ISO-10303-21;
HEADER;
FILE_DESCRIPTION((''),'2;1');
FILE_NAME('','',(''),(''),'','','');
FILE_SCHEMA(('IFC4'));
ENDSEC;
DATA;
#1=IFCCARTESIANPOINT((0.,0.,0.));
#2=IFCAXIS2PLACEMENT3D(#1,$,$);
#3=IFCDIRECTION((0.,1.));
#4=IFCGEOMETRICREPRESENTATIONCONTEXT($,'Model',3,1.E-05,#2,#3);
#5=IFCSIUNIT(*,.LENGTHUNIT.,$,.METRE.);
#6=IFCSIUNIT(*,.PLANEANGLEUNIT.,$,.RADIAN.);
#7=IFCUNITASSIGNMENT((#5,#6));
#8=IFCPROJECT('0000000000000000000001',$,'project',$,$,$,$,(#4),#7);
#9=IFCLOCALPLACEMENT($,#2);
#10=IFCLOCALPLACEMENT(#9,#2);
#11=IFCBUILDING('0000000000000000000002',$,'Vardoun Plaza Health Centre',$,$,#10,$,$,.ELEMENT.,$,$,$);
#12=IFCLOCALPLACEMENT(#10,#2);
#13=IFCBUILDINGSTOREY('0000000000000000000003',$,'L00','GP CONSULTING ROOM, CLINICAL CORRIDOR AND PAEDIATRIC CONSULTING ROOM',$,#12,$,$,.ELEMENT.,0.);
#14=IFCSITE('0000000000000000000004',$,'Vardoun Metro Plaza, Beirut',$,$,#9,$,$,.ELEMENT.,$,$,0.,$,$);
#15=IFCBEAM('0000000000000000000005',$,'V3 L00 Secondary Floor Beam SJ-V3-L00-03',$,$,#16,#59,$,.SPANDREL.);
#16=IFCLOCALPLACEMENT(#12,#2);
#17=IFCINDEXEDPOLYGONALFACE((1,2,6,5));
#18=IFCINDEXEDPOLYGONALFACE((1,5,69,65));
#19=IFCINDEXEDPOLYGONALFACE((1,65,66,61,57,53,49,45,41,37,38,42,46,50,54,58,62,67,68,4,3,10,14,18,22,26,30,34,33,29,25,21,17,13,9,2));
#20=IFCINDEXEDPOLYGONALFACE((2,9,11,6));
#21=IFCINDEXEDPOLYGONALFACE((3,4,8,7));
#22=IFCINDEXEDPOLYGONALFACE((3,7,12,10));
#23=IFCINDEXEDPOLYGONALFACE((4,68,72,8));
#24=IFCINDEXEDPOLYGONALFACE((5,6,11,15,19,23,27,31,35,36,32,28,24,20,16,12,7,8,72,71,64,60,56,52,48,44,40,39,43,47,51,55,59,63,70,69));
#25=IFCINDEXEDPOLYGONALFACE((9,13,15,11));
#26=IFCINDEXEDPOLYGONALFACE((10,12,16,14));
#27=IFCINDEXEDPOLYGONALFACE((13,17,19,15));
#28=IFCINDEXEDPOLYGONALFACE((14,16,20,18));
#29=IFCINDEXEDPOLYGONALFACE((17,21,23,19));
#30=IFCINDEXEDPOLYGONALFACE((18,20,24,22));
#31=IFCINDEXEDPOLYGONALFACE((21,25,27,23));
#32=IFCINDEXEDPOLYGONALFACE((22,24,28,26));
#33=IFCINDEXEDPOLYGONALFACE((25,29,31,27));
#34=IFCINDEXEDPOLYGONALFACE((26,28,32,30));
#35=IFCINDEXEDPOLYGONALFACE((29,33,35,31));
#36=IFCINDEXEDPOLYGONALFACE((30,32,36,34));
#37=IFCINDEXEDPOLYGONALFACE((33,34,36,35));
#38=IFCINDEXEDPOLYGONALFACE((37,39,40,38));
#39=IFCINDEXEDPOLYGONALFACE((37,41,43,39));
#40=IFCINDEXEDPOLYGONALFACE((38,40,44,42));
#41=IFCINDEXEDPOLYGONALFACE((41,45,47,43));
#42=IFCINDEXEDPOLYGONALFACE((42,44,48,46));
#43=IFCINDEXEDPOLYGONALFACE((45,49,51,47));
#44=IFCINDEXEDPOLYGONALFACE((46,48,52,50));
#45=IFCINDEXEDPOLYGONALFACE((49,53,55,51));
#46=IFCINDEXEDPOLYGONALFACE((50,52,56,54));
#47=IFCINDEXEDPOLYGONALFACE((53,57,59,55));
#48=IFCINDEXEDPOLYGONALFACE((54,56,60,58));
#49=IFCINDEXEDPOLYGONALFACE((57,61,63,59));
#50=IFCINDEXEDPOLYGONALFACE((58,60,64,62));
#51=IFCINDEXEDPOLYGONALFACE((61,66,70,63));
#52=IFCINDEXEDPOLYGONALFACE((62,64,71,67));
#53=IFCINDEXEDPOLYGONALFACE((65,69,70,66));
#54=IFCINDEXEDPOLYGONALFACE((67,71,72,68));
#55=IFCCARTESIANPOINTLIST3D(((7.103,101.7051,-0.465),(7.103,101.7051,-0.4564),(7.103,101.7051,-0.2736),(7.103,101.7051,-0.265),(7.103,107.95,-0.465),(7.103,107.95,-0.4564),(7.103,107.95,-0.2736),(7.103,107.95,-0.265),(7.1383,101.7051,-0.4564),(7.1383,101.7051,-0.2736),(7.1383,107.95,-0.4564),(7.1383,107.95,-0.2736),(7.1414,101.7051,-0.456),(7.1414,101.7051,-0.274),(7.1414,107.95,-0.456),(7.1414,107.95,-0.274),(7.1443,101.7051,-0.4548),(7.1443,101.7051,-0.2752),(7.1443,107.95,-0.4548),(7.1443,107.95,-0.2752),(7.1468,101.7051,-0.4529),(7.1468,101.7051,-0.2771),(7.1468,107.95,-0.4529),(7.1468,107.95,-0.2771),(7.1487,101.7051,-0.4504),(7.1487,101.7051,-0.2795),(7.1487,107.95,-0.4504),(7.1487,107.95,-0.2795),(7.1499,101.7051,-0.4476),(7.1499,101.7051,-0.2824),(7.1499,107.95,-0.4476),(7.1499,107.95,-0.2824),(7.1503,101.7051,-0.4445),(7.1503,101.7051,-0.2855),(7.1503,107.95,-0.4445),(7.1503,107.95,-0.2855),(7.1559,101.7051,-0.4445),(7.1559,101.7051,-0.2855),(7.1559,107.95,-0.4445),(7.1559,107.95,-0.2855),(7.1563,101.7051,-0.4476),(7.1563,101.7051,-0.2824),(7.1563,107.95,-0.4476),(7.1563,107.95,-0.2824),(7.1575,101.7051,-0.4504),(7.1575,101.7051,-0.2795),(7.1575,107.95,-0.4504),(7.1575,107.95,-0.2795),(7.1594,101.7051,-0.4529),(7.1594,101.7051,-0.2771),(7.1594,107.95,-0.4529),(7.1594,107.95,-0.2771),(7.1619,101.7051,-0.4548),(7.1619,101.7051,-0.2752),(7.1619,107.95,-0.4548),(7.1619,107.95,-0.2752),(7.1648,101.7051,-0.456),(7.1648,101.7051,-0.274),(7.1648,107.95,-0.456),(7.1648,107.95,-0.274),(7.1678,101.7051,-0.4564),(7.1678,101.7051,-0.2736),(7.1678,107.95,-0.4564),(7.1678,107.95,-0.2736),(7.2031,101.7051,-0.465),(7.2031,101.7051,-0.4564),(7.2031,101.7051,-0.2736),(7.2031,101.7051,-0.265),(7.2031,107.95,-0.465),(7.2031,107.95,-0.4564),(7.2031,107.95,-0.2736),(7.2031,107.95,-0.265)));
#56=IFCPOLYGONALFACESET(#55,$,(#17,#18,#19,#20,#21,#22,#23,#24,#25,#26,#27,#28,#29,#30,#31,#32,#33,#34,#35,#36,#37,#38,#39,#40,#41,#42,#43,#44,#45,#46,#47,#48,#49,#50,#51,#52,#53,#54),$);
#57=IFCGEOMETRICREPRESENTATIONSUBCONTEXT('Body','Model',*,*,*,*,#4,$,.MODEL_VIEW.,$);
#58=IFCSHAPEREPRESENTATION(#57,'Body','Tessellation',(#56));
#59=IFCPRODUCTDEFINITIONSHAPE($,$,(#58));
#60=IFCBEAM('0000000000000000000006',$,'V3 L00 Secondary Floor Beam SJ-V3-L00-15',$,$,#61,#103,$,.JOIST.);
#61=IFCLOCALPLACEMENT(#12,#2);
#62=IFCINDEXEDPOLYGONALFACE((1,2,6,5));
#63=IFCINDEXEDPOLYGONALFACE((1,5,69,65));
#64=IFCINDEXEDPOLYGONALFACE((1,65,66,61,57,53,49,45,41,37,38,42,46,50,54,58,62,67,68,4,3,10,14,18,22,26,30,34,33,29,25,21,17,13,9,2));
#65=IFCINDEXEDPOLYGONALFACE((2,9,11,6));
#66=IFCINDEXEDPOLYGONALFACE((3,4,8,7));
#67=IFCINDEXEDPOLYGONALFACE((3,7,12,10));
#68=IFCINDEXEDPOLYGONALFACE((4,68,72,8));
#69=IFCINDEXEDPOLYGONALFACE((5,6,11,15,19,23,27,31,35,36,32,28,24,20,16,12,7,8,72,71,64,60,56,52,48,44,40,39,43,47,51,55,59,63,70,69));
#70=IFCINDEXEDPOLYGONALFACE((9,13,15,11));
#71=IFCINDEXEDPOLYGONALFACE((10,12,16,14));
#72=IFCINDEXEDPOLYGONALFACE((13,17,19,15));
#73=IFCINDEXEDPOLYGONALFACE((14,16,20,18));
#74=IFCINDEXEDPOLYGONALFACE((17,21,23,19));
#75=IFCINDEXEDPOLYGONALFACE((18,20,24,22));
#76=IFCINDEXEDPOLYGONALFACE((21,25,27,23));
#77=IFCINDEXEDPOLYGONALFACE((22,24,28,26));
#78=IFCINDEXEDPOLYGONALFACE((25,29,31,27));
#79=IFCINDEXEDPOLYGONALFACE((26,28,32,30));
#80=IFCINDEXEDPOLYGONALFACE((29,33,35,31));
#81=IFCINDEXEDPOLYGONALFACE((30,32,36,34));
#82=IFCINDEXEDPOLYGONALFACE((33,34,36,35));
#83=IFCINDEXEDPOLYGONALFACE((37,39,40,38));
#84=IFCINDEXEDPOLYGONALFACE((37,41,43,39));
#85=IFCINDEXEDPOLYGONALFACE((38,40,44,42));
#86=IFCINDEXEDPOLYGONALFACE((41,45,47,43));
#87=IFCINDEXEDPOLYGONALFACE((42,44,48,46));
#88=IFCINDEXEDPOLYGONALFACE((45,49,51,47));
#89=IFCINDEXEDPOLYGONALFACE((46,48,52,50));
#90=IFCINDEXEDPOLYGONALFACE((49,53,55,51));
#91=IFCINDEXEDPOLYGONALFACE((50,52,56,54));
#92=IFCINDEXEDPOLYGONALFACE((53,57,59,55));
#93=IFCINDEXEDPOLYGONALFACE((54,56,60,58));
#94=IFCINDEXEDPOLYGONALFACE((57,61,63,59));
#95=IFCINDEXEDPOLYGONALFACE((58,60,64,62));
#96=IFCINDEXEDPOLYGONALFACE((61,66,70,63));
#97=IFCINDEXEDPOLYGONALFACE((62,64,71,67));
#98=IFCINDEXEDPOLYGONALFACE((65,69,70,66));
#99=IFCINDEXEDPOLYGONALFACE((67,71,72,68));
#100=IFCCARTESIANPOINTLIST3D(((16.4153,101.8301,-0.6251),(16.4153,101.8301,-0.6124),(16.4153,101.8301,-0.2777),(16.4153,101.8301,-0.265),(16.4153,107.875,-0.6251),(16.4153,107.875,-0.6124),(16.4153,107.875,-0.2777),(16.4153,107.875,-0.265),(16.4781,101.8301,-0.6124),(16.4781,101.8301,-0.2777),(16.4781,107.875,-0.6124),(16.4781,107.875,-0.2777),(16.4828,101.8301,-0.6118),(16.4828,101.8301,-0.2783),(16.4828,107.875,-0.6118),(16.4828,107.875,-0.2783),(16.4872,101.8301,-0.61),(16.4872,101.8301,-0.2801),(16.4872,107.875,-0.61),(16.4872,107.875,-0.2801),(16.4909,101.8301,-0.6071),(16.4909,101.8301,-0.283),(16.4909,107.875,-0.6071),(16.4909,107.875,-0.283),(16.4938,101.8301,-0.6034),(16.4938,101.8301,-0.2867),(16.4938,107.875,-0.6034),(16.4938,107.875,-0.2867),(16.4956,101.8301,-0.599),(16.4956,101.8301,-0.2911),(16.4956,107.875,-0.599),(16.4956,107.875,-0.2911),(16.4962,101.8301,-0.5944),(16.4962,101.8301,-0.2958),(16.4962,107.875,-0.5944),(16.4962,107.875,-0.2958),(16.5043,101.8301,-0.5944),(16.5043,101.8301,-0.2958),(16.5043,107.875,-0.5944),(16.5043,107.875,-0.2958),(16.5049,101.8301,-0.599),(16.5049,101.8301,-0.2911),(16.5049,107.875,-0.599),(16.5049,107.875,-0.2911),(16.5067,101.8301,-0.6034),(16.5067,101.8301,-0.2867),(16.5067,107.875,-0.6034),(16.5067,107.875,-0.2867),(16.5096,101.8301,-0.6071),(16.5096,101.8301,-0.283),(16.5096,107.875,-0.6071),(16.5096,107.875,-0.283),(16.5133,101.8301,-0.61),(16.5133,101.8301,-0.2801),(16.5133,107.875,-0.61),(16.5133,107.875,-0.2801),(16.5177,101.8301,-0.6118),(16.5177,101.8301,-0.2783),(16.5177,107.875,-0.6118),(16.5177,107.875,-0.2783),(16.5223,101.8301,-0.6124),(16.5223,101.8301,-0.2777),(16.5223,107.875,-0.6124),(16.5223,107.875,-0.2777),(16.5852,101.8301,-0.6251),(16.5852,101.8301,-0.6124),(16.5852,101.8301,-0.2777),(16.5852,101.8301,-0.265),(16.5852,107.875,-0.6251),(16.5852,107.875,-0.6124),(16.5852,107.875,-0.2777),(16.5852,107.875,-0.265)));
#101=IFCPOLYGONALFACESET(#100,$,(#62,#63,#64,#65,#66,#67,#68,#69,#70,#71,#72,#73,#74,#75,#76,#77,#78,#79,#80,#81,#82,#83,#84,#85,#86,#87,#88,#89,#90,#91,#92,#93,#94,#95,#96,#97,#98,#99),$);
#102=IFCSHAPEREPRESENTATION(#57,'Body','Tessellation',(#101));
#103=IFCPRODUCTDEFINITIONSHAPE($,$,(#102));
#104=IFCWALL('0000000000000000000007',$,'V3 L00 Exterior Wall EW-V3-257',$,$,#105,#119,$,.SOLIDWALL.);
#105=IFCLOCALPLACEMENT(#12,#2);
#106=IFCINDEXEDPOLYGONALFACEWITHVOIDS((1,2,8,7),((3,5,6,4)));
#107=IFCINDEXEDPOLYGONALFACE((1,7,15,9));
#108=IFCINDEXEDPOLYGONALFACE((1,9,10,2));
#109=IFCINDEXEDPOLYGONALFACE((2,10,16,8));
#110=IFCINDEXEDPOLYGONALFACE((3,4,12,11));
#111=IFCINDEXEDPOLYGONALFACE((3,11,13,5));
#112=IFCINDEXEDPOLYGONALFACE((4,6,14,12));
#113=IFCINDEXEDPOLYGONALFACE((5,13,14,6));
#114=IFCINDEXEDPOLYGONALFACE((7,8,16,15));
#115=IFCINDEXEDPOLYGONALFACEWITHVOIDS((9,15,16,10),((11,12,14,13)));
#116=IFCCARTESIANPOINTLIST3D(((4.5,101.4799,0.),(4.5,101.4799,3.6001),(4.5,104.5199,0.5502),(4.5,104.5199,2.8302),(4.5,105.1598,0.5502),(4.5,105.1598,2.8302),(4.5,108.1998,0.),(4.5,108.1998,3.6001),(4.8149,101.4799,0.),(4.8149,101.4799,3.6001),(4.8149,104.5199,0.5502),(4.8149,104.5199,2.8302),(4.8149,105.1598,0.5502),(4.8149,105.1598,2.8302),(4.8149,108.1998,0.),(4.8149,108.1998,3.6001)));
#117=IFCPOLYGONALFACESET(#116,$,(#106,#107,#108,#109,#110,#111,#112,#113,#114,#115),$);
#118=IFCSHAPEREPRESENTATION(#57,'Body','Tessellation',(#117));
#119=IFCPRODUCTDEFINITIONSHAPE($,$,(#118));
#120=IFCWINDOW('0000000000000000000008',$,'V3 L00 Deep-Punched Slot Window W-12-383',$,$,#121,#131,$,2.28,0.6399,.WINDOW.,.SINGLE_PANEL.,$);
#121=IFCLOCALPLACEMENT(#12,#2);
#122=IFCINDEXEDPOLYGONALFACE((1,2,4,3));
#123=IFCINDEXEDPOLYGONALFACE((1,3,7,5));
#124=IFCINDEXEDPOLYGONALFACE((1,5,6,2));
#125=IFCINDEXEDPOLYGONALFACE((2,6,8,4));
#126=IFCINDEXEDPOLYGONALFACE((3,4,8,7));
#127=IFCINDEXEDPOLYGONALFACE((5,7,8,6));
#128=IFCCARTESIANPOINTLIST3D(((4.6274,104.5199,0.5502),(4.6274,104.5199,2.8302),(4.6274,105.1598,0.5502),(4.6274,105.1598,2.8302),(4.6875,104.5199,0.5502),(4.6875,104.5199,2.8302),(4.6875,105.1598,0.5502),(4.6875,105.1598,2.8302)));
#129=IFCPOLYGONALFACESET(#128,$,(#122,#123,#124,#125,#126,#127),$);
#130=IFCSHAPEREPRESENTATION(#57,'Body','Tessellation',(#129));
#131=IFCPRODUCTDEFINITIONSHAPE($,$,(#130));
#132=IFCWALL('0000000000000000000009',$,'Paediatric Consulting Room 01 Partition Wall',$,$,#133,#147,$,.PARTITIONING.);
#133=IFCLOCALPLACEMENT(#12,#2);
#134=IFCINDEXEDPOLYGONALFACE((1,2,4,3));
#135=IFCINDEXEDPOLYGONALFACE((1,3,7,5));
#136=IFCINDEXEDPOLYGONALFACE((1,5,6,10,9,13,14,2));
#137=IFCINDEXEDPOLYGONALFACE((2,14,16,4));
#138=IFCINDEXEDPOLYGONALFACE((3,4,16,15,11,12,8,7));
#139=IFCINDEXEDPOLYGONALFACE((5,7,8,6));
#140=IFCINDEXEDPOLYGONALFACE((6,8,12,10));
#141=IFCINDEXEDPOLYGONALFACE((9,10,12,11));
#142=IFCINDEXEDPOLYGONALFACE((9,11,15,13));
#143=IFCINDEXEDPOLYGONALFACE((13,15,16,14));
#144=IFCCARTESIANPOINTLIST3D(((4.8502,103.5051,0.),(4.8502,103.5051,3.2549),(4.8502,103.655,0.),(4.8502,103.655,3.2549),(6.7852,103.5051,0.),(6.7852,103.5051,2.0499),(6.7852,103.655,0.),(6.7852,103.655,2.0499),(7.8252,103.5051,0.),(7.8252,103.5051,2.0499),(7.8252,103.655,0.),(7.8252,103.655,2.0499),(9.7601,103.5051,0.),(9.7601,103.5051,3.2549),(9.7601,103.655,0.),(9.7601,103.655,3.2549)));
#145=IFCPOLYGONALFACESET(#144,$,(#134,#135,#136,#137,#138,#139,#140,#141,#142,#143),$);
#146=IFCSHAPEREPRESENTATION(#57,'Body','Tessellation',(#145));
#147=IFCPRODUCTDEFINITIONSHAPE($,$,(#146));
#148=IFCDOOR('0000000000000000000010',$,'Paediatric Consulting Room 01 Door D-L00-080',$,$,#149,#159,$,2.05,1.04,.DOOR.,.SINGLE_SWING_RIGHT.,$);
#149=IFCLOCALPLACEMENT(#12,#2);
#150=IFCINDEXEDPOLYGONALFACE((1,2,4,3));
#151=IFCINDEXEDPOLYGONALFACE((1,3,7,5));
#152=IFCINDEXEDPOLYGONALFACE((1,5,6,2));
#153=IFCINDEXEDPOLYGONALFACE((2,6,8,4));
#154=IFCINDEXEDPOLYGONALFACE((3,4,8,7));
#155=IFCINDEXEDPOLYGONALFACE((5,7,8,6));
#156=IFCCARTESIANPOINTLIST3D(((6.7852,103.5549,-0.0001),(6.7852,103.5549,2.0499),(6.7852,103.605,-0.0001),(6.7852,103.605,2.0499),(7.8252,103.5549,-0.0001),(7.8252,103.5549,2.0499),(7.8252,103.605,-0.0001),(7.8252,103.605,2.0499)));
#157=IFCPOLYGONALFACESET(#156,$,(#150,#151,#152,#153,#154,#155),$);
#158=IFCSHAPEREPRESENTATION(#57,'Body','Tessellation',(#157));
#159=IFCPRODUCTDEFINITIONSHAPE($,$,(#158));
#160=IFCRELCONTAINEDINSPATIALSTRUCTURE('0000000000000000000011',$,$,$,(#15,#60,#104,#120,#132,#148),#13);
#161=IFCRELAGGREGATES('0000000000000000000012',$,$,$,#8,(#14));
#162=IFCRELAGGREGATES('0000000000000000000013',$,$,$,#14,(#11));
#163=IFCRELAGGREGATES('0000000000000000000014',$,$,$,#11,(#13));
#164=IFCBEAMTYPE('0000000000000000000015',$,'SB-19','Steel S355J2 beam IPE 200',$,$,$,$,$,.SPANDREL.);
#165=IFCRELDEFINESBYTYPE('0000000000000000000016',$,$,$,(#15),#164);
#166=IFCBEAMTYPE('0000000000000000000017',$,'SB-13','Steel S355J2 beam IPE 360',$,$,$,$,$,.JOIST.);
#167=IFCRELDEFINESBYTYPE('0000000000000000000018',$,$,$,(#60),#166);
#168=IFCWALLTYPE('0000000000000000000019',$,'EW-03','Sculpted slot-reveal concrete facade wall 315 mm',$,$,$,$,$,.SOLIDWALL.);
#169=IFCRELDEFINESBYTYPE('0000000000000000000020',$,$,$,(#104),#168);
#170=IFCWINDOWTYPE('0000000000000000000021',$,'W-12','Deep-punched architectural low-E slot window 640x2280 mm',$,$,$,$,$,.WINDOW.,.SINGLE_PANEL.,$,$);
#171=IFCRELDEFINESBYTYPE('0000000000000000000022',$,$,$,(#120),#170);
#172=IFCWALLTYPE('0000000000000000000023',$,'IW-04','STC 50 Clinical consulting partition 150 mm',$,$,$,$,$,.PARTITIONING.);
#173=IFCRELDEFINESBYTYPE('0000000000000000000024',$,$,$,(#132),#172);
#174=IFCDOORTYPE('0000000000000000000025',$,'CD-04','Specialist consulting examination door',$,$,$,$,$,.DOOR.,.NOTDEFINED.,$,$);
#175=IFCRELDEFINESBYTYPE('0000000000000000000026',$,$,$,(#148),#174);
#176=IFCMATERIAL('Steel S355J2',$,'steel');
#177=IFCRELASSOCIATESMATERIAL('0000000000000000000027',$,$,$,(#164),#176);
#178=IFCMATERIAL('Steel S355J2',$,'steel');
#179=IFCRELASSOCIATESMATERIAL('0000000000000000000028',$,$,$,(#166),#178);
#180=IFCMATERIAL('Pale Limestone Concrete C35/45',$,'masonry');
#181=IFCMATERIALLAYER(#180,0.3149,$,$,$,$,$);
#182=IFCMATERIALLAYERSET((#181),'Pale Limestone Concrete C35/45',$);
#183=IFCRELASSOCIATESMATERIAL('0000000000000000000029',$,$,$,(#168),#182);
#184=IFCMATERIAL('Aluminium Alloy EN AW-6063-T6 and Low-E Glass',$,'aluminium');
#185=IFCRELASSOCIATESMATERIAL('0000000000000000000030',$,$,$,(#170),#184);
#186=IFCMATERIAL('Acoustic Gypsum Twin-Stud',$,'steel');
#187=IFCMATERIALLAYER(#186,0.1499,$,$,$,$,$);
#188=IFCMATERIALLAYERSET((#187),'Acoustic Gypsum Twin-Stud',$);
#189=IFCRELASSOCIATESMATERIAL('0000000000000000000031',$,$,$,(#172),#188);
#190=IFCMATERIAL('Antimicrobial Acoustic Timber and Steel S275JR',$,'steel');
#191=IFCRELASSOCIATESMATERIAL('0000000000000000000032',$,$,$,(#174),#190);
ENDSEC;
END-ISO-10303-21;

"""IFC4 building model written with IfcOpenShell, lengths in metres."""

from ifc_helpers import new_model, si_unit, direction, frame, frame_2d, origin, origin_2d, place, context, subcontext, project, spatial, rectangle, i_section, extrude, material, layer, layer_set, material_profile, profile_set, type_object, element, fill, save


model = new_model("IFC4")

# Units and contexts
model_context = context("Model", 3, precision=1e-05, world=origin(), true_north=direction((0.0, 1.0)))
body_context = subcontext(model_context, "Body", "Model", "MODEL_VIEW")
ifc_project = project(units=[si_unit("LENGTHUNIT", "METRE"), si_unit("PLANEANGLEUNIT", "RADIAN")], contexts=[model_context])

# Site, building, storey
site_placement = place(None, origin())
site = spatial("IfcSite", under=ifc_project, at=site_placement, Name="Vardoun Metro Plaza, Beirut", CompositionType="ELEMENT", RefElevation=0.0)
building_placement = place(site_placement, origin())
building = spatial("IfcBuilding", under=site, at=building_placement, Name="Vardoun Plaza Health Centre", CompositionType="ELEMENT")
storey_placement = place(building_placement, origin())
storey = spatial("IfcBuildingStorey", under=building, at=storey_placement, Name="L00", Description="GP CONSULTING ROOM, CLINICAL CORRIDOR AND PAEDIATRIC CONSULTING ROOM", CompositionType="ELEMENT", Elevation=0.0)

# Beams
ifc_material_1 = material(Name="Steel S355J2", Category="steel")
ifc_material_profile_1 = material_profile(ifc_material_1, i_section(OverallWidth=0.1001, OverallDepth=0.2, WebThickness=0.0056, FlangeThickness=0.0085, FilletRadius=0.012, at=origin_2d()), Name="IPE 200")
ifc_profile_set_1 = profile_set([ifc_material_profile_1], Name="Steel S355J2")
beam_type_1 = type_object("IfcBeamType", Name="SB-19", Description="Steel S355J2 beam IPE 200", PredefinedType="SPANDREL", material=ifc_profile_set_1)
beam_1_placement = place(storey_placement, frame((7.1531, 101.7051, -0.365), z_axis=(0.0, 1.0, 0.0), x_axis=(-1.0, 0.0, 0.0)))
element("IfcBeam", 1, at=beam_1_placement, inside=storey, type_object=beam_type_1, Name="V3 L00 Secondary Floor Beam SJ-V3-L00-03", PredefinedType="SPANDREL", context=body_context, shape_type="SweptSolid", body=[
    extrude(i_section(OverallWidth=0.1001, OverallDepth=0.2, WebThickness=0.0056, FlangeThickness=0.0085, FilletRadius=0.012, at=origin_2d()), origin(), (0.0, 0.0, 1.0), 6.2449),
])
ifc_material_2 = material(Name="Steel S355J2", Category="steel")
ifc_material_profile_2 = material_profile(ifc_material_2, i_section(OverallWidth=0.1699, OverallDepth=0.3601, WebThickness=0.0081, FlangeThickness=0.0127, FilletRadius=0.0181, at=origin_2d()), Name="IPE 360")
ifc_profile_set_2 = profile_set([ifc_material_profile_2], Name="Steel S355J2")
beam_type_2 = type_object("IfcBeamType", Name="SB-13", Description="Steel S355J2 beam IPE 360", PredefinedType="JOIST", material=ifc_profile_set_2)
beam_2_placement = place(storey_placement, frame((16.5002, 101.8301, -0.4451), z_axis=(0.0, 1.0, 0.0), x_axis=(-1.0, 0.0, 0.0)))
element("IfcBeam", 2, at=beam_2_placement, inside=storey, type_object=beam_type_2, Name="V3 L00 Secondary Floor Beam SJ-V3-L00-15", PredefinedType="JOIST", context=body_context, shape_type="SweptSolid", body=[
    extrude(i_section(OverallWidth=0.1699, OverallDepth=0.3601, WebThickness=0.0081, FlangeThickness=0.0127, FilletRadius=0.0181, at=origin_2d()), origin(), (0.0, 0.0, 1.0), 6.0449),
])

# Wall, opening, window
ifc_material_3 = material(Name="Pale Limestone Concrete C35/45", Category="masonry")
ifc_layer_1 = layer(ifc_material_3, 0.3149)
ifc_layer_set_1 = layer_set([ifc_layer_1], Name="Pale Limestone Concrete C35/45")
wall_type_1 = type_object("IfcWallType", Name="EW-03", Description="Sculpted slot-reveal concrete facade wall 315 mm", PredefinedType="SOLIDWALL", material=ifc_layer_set_1)
wall_1_placement = place(storey_placement, frame((4.6575, 101.48, 0.0), z_axis=(0.0, 0.0, 1.0), x_axis=(0.0, 1.0, 0.0)))
wall_1 = element("IfcWall", 3, at=wall_1_placement, inside=storey, type_object=wall_type_1, Name="V3 L00 Exterior Wall EW-V3-257", PredefinedType="SOLIDWALL", context=body_context, shape_type="SweptSolid", body=[
    extrude(rectangle(XDim=6.72, YDim=0.3149, at=frame_2d((3.3599, 0.0))), origin(), (0.0, 0.0, 1.0), 3.6001),
])
opening_1_placement = place(wall_1_placement, frame((3.04, 0.0, 0.55)))
opening_1 = element("IfcOpeningElement", 4, at=opening_1_placement, cuts=wall_1, PredefinedType="OPENING", context=body_context, shape_type="SweptSolid", body=[
    extrude(rectangle(XDim=0.6399, YDim=2.28, at=frame_2d((0.3198, 1.1401))), frame((0.0, 0.1575, 0.0), z_axis=(0.0, -1.0, 0.0), x_axis=(1.0, 0.0, 0.0)), (0.0, 0.0, 1.0), 0.3149),
])
ifc_material_4 = material(Name="Aluminium Alloy EN AW-6063-T6 and Low-E Glass", Category="aluminium")
window_type = type_object("IfcWindowType", Name="W-12", Description="Deep-punched architectural low-E slot window 640x2280 mm", PartitioningType="SINGLE_PANEL", PredefinedType="WINDOW", material=ifc_material_4)
window_placement = place(opening_1_placement, origin())
window = element("IfcWindow", 5, at=window_placement, inside=storey, type_object=window_type, Name="V3 L00 Deep-Punched Slot Window W-12-383", OverallHeight=2.28, OverallWidth=0.6399, PartitioningType="SINGLE_PANEL", PredefinedType="WINDOW", context=body_context, shape_type="SweptSolid", body=[
    extrude(rectangle(XDim=0.6399, YDim=2.28, at=frame_2d((0.3198, 1.1401))), frame((0.0, 0.03, 0.0), z_axis=(0.0, -1.0, 0.0), x_axis=(1.0, 0.0, 0.0)), (0.0, 0.0, 1.0), 0.0601),
])
fill(opening_1, window)

# Wall, opening, door
ifc_material_5 = material(Name="Acoustic Gypsum Twin-Stud", Category="steel")
ifc_layer_2 = layer(ifc_material_5, 0.1499)
ifc_layer_set_2 = layer_set([ifc_layer_2], Name="Acoustic Gypsum Twin-Stud")
wall_type_2 = type_object("IfcWallType", Name="IW-04", Description="STC 50 Clinical consulting partition 150 mm", PredefinedType="PARTITIONING", material=ifc_layer_set_2)
wall_2_placement = place(storey_placement, frame((4.8501, 103.5801, 0.0), z_axis=(0.0, 0.0, 1.0), x_axis=(1.0, 0.0, 0.0)))
wall_2 = element("IfcWall", 6, at=wall_2_placement, inside=storey, type_object=wall_type_2, Name="Paediatric Consulting Room 01 Partition Wall", PredefinedType="PARTITIONING", context=body_context, shape_type="SweptSolid", body=[
    extrude(rectangle(XDim=4.9099, YDim=0.1499, at=frame_2d((2.4551, 0.0))), origin(), (0.0, 0.0, 1.0), 3.2549),
])
opening_2_placement = place(wall_2_placement, frame((1.9351, 0.0, 0.0)))
opening_2 = element("IfcOpeningElement", 7, at=opening_2_placement, cuts=wall_2, PredefinedType="OPENING", context=body_context, shape_type="SweptSolid", body=[
    extrude(rectangle(XDim=1.04, YDim=2.05, at=frame_2d((0.52, 1.0249))), frame((0.0, 0.075, 0.0), z_axis=(0.0, -1.0, 0.0), x_axis=(1.0, 0.0, 0.0)), (0.0, 0.0, 1.0), 0.1499),
])
ifc_material_6 = material(Name="Antimicrobial Acoustic Timber and Steel S275JR", Category="steel")
door_type_1 = type_object("IfcDoorType", Name="CD-04", Description="Specialist consulting examination door", OperationType="NOTDEFINED", PredefinedType="DOOR", material=ifc_material_6)
door_1_placement = place(opening_2_placement, origin())
door_1 = element("IfcDoor", 8, at=door_1_placement, inside=storey, type_object=door_type_1, Name="Paediatric Consulting Room 01 Door D-L00-080", OperationType="SINGLE_SWING_RIGHT", OverallHeight=2.05, OverallWidth=1.04, PredefinedType="DOOR", context=body_context, shape_type="SweptSolid", body=[
    extrude(rectangle(XDim=1.04, YDim=2.05, at=frame_2d((0.52, 1.0249))), frame((0.0, 0.0249, 0.0), z_axis=(0.0, -1.0, 0.0), x_axis=(1.0, 0.0, 0.0)), (0.0, 0.0, 1.0), 0.05),
])
fill(opening_2, door_1)

save(model, "model.ifc")
